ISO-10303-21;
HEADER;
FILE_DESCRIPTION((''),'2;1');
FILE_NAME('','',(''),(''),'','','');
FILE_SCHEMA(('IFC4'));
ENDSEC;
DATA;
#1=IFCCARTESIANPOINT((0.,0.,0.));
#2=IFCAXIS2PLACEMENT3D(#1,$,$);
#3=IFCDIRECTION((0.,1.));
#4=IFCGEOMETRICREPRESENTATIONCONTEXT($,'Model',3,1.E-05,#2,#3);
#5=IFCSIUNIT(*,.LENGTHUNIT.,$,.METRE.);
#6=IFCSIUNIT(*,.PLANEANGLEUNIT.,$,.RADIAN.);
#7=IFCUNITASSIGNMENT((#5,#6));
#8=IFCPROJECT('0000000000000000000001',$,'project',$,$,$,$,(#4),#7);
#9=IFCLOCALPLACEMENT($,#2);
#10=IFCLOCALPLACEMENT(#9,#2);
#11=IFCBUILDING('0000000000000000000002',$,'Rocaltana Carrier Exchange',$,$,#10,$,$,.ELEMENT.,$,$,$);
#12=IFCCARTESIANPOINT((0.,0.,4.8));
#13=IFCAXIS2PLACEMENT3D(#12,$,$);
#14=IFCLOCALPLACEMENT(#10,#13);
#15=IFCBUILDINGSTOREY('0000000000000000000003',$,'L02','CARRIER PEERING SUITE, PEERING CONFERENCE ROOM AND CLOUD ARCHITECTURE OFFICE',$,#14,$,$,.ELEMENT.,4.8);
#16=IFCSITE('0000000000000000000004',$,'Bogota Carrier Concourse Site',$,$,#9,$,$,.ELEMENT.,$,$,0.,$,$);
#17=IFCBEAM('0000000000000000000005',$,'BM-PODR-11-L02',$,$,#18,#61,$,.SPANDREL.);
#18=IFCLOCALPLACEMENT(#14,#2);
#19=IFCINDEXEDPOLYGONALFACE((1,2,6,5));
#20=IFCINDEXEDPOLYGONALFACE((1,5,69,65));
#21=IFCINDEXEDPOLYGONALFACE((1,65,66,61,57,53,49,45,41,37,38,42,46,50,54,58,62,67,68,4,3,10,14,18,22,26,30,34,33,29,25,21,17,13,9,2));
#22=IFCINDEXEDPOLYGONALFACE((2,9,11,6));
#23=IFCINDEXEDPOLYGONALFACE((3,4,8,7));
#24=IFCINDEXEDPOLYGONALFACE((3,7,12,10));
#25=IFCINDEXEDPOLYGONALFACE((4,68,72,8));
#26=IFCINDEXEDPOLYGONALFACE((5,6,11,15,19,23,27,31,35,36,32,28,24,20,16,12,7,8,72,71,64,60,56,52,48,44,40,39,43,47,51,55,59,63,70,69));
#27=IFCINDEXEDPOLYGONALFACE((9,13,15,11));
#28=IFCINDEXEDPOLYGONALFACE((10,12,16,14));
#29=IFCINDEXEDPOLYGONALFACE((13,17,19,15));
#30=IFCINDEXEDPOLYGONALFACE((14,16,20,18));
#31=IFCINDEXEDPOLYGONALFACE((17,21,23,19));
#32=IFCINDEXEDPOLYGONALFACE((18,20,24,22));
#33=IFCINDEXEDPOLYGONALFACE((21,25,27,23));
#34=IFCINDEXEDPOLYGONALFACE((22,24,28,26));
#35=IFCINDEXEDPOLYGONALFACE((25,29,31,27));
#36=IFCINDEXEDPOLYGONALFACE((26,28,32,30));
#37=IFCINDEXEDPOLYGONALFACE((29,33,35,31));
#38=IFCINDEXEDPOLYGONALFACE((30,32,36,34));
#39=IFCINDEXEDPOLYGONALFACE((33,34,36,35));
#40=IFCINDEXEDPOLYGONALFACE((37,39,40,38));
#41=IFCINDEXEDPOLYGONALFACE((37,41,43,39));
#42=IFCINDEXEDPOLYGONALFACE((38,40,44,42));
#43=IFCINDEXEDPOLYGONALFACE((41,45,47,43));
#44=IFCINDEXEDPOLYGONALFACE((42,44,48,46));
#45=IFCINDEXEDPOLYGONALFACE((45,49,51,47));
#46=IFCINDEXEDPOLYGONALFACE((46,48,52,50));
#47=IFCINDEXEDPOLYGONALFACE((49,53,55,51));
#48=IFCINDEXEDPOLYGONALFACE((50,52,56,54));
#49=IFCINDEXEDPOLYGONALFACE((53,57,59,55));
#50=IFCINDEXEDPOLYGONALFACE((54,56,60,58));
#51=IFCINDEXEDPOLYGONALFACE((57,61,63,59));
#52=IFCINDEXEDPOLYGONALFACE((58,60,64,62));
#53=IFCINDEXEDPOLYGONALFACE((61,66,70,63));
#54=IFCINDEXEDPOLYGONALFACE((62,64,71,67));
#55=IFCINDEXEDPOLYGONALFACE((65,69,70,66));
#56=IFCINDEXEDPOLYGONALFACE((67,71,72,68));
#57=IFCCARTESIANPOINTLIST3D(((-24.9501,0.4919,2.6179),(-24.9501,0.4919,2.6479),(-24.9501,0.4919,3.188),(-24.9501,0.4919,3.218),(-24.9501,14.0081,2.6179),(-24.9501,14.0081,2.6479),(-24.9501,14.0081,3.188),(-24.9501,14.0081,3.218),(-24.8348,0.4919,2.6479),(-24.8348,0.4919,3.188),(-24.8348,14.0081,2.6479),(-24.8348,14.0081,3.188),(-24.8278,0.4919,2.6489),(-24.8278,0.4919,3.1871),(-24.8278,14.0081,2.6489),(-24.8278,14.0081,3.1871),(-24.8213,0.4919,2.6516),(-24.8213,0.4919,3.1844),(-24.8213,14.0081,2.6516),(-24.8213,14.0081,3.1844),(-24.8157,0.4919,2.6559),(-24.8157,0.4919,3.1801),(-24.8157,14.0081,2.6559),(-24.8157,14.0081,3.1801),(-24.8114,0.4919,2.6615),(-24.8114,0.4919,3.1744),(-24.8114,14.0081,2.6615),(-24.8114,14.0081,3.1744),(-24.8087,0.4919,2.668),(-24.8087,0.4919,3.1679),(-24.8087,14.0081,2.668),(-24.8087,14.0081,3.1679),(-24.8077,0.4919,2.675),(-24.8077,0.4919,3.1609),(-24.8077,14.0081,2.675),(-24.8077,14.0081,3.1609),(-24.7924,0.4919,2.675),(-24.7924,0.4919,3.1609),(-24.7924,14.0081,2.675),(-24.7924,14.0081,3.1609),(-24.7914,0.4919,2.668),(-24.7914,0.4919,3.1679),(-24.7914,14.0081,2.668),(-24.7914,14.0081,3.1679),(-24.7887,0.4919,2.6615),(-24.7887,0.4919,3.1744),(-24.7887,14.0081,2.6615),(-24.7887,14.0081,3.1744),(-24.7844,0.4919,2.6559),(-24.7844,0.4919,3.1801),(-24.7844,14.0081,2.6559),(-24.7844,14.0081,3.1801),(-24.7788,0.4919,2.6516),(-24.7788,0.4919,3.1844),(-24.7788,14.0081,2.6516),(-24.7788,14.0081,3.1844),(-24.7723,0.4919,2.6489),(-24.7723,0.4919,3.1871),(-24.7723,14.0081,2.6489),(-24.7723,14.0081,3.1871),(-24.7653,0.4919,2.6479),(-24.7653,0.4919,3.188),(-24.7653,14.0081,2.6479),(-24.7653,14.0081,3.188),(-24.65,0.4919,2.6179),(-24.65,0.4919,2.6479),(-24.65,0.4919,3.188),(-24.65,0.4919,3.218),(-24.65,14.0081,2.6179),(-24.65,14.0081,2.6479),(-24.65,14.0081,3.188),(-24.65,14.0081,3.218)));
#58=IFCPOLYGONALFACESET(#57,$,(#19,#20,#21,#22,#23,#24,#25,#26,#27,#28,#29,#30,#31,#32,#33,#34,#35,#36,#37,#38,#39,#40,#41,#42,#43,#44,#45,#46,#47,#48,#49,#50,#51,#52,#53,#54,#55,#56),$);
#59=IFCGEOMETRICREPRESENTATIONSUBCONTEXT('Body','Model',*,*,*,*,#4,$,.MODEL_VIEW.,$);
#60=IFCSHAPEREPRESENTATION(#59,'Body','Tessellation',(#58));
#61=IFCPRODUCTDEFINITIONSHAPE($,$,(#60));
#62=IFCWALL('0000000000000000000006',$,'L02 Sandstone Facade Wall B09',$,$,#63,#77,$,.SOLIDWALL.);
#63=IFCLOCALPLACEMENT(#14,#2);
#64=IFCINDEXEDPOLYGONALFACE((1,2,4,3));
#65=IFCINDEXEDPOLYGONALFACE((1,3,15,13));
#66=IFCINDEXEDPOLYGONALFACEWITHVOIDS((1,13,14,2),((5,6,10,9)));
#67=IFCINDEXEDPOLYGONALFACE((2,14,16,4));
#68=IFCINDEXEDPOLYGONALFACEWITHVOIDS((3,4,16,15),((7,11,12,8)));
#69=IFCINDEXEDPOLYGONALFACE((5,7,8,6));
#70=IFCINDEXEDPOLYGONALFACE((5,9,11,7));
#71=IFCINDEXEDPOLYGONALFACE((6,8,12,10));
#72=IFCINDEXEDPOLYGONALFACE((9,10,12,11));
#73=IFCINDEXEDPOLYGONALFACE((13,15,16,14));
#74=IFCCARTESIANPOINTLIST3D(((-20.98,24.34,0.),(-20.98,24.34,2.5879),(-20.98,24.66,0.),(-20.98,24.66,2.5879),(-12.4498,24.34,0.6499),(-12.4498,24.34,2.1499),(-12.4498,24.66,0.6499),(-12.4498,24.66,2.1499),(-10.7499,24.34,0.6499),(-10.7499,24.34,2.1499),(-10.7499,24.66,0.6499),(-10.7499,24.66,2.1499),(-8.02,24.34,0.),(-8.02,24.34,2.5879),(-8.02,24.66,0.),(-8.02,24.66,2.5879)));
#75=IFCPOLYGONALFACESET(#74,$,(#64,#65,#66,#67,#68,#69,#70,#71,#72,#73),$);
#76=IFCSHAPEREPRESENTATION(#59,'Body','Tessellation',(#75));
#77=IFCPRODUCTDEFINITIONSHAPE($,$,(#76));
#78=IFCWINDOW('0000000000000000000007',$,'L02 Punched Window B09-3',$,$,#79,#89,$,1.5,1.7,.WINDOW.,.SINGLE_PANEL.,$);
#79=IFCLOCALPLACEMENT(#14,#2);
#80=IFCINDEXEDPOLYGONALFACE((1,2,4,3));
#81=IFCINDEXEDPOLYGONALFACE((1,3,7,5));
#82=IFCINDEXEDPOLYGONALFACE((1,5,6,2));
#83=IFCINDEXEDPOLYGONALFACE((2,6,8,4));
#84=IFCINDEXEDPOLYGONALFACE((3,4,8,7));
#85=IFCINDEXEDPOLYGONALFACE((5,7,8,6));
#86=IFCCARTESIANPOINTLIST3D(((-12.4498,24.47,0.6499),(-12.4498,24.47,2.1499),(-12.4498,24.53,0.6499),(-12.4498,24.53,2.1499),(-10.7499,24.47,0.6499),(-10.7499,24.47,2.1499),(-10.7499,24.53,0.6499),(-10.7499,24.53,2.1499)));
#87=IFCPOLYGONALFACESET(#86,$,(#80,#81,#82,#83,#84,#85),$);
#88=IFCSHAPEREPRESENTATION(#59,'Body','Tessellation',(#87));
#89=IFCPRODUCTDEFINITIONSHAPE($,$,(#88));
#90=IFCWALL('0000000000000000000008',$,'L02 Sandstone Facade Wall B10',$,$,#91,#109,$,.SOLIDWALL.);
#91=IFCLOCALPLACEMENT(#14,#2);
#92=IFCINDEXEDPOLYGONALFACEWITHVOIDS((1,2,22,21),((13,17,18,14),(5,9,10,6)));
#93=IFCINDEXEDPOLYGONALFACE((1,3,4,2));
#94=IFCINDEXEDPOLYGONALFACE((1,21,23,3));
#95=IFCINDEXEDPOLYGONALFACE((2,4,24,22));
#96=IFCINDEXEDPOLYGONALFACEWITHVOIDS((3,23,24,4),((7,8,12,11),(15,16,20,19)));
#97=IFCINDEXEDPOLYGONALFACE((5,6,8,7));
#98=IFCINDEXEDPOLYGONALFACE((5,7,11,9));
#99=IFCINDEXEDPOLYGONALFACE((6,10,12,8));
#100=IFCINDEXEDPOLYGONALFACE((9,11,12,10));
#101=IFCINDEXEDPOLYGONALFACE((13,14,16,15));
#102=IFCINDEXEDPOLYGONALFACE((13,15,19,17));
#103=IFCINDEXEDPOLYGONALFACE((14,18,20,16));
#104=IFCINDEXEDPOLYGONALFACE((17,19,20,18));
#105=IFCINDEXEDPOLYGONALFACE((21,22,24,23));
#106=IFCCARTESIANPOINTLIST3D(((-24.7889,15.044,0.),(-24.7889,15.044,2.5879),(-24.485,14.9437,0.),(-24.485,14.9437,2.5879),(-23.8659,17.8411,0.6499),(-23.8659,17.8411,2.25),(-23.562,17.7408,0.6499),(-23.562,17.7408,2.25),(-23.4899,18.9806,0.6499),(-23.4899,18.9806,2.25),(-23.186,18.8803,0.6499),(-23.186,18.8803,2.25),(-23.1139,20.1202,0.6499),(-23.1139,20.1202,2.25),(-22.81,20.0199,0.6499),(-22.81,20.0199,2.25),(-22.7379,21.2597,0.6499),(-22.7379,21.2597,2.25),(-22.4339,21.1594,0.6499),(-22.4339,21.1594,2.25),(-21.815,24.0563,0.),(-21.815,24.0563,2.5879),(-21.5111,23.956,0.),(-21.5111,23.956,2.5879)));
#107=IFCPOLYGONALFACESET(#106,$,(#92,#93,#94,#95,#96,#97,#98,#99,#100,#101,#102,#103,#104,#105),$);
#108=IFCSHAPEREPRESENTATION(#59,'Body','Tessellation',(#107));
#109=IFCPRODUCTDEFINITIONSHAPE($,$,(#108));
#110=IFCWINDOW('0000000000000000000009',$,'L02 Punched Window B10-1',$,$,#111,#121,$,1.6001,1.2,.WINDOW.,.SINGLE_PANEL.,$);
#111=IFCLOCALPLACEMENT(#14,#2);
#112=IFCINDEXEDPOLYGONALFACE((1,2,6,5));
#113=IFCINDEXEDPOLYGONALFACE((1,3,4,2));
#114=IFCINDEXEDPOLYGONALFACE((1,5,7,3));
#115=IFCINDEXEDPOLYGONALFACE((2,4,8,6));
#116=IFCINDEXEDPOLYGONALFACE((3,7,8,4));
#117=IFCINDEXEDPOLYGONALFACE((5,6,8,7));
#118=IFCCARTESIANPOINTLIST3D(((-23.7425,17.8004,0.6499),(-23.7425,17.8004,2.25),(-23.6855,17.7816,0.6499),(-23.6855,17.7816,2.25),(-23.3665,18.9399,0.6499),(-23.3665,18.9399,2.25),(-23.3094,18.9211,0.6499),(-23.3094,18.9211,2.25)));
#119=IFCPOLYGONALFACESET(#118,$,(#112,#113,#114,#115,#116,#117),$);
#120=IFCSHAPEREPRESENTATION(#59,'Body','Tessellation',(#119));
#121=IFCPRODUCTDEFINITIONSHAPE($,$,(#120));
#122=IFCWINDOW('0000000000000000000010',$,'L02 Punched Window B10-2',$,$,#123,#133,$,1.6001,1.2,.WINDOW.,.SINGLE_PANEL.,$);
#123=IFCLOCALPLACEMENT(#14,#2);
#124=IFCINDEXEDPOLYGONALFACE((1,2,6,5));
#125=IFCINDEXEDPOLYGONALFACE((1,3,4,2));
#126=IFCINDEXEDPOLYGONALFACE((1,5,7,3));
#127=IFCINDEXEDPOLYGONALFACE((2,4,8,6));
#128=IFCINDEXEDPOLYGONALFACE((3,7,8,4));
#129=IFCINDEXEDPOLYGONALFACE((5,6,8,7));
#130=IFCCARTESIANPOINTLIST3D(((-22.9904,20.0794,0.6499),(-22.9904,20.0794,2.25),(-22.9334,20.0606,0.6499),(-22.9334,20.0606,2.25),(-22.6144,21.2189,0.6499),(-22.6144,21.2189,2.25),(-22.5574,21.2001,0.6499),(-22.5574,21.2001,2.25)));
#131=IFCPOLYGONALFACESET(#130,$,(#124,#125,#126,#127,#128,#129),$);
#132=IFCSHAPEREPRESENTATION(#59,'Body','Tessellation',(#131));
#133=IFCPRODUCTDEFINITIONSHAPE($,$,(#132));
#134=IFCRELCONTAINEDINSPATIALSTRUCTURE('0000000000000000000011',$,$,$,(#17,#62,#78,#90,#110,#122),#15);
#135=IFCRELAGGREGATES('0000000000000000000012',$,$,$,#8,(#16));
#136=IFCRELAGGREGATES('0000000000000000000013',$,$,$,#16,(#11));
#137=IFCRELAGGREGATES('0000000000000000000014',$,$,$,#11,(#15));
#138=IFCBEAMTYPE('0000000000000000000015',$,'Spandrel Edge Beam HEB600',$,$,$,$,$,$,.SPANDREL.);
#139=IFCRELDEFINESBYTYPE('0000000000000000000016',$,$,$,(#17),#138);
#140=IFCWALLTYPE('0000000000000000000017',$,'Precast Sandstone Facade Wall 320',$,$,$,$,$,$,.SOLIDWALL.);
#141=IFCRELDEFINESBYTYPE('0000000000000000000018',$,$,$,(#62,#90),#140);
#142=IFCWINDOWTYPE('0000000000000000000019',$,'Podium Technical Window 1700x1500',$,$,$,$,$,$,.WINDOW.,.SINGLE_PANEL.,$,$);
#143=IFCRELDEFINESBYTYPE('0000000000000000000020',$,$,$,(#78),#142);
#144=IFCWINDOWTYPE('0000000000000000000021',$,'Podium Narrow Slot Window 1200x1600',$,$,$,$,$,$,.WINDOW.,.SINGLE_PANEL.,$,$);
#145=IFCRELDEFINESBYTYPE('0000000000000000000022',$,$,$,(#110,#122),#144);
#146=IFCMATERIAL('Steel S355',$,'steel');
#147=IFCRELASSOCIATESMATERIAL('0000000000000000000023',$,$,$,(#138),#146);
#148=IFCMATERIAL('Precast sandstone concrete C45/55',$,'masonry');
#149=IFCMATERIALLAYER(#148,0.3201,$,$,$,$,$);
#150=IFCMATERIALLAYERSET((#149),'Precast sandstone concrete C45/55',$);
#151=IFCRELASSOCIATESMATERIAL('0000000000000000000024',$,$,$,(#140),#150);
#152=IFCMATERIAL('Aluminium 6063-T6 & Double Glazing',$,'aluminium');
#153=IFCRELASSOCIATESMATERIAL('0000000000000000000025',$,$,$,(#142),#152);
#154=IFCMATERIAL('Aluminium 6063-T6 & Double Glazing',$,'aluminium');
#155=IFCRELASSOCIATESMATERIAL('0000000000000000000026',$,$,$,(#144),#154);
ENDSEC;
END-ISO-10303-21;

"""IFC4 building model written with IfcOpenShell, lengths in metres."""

from ifc_helpers import new_model, si_unit, direction, frame, frame_2d, origin, origin_2d, place, context, subcontext, project, spatial, rectangle, i_section, extrude, material, layer, layer_set, material_profile, profile_set, type_object, element, fill, save


model = new_model("IFC4")

# Units and contexts
model_context = context("Model", 3, precision=1e-05, world=origin(), true_north=direction((0.0, 1.0)))
body_context = subcontext(model_context, "Body", "Model", "MODEL_VIEW")
ifc_project = project(units=[si_unit("LENGTHUNIT", "METRE"), si_unit("PLANEANGLEUNIT", "RADIAN")], contexts=[model_context])

# Site, building, storey
site_placement = place(None, origin())
site = spatial("IfcSite", under=ifc_project, at=site_placement, Name="Bogota Carrier Concourse Site", CompositionType="ELEMENT", RefElevation=0.0)
building_placement = place(site_placement, origin())
building = spatial("IfcBuilding", under=site, at=building_placement, Name="Rocaltana Carrier Exchange", CompositionType="ELEMENT")
storey_placement = place(building_placement, frame((0.0, 0.0, 4.8)))
storey = spatial("IfcBuildingStorey", under=building, at=storey_placement, Name="L02", Description="CARRIER PEERING SUITE, PEERING CONFERENCE ROOM AND CLOUD ARCHITECTURE OFFICE", CompositionType="ELEMENT", Elevation=4.8)

# Beam
ifc_material_1 = material(Name="Steel S355", Category="steel")
ifc_material_profile_1 = material_profile(ifc_material_1, i_section(OverallWidth=0.3, OverallDepth=0.6001, WebThickness=0.0154, FlangeThickness=0.03, FilletRadius=0.0271, at=origin_2d()), Name="HEB600")
ifc_profile_set_1 = profile_set([ifc_material_profile_1], Name="Steel S355")
beam_type_1 = type_object("IfcBeamType", Name="Spandrel Edge Beam HEB600", PredefinedType="SPANDREL", material=ifc_profile_set_1)
beam_1_placement = place(storey_placement, frame((-24.8, 14.0081, 2.918), z_axis=(0.0, -1.0, 0.0), x_axis=(1.0, 0.0, 0.0)))
element("IfcBeam", 1, at=beam_1_placement, inside=storey, type_object=beam_type_1, Name="BM-PODR-11-L02", PredefinedType="SPANDREL", context=body_context, shape_type="SweptSolid", body=[
    extrude(i_section(OverallWidth=0.3, OverallDepth=0.6001, WebThickness=0.0154, FlangeThickness=0.03, FilletRadius=0.0271, at=origin_2d()), origin(), (0.0, 0.0, 1.0), 13.5161),
])

# Wall, opening, window
ifc_material_2 = material(Name="Precast sandstone concrete C45/55", Category="masonry")
ifc_layer_1 = layer(ifc_material_2, 0.3201)
ifc_layer_set_1 = layer_set([ifc_layer_1], Name="Precast sandstone concrete C45/55")
wall_type = type_object("IfcWallType", Name="Precast Sandstone Facade Wall 320", PredefinedType="SOLIDWALL", material=ifc_layer_set_1)
wall_1_placement = place(storey_placement, frame((-20.98, 24.5, 0.0), z_axis=(0.0, 0.0, 1.0), x_axis=(1.0, 0.0, 0.0)))
wall_1 = element("IfcWall", 2, at=wall_1_placement, inside=storey, type_object=wall_type, Name="L02 Sandstone Facade Wall B09", PredefinedType="SOLIDWALL", context=body_context, shape_type="SweptSolid", body=[
    extrude(rectangle(XDim=12.96, YDim=0.3201, at=frame_2d((6.48, 0.0))), origin(), (0.0, 0.0, 1.0), 2.5879),
])
opening_1_placement = place(wall_1_placement, frame((8.53, 0.0, 0.6499)))
opening_1 = element("IfcOpeningElement", 3, at=opening_1_placement, cuts=wall_1, PredefinedType="OPENING", context=body_context, shape_type="SweptSolid", body=[
    extrude(rectangle(XDim=1.7, YDim=1.5, at=frame_2d((0.8501, 0.75))), frame((0.0, 0.1699, 0.0), z_axis=(0.0, -1.0, 0.0), x_axis=(1.0, 0.0, 0.0)), (0.0, 0.0, 1.0), 0.3401),
])
ifc_material_3 = material(Name="Aluminium 6063-T6 & Double Glazing", Category="aluminium")
window_type_1 = type_object("IfcWindowType", Name="Podium Technical Window 1700x1500", PartitioningType="SINGLE_PANEL", PredefinedType="WINDOW", material=ifc_material_3)
window_1_placement = place(opening_1_placement, origin())
window_1 = element("IfcWindow", 4, at=window_1_placement, inside=storey, type_object=window_type_1, Name="L02 Punched Window B09-3", OverallHeight=1.5, OverallWidth=1.7, PartitioningType="SINGLE_PANEL", PredefinedType="WINDOW", context=body_context, shape_type="SweptSolid", body=[
    extrude(rectangle(XDim=1.7, YDim=1.5, at=frame_2d((0.8501, 0.75))), frame((0.0, 0.03, 0.0), z_axis=(0.0, -1.0, 0.0), x_axis=(1.0, 0.0, 0.0)), (0.0, 0.0, 1.0), 0.0601),
])
fill(opening_1, window_1)

# Wall, openings, windows
wall_2_placement = place(storey_placement, frame((-24.637, 14.9939, 0.0), z_axis=(0.0, 0.0, 1.0), x_axis=(0.313363, 0.949633, 0.0)))
wall_2 = element("IfcWall", 5, at=wall_2_placement, inside=storey, type_object=wall_type, Name="L02 Sandstone Facade Wall B10", PredefinedType="SOLIDWALL", context=body_context, shape_type="SweptSolid", body=[
    extrude(rectangle(XDim=9.4902, YDim=0.3201, at=frame_2d((4.7451, 0.0))), origin(), (0.0, 0.0, 1.0), 2.5879),
])
opening_2_placement = place(wall_2_placement, frame((2.9453, 0.0, 0.6499)))
opening_2 = element("IfcOpeningElement", 6, at=opening_2_placement, cuts=wall_2, PredefinedType="OPENING", context=body_context, shape_type="SweptSolid", body=[
    extrude(rectangle(XDim=1.2, YDim=1.6001, at=frame_2d((0.6001, 0.8))), frame((0.0, 0.1699, 0.0), z_axis=(0.0, -1.0, 0.0), x_axis=(1.0, 0.0, 0.0)), (0.0, 0.0, 1.0), 0.3401),
])
opening_3_placement = place(wall_2_placement, frame((5.3452, 0.0, 0.6499)))
opening_3 = element("IfcOpeningElement", 7, at=opening_3_placement, cuts=wall_2, PredefinedType="OPENING", context=body_context, shape_type="SweptSolid", body=[
    extrude(rectangle(XDim=1.2, YDim=1.6001, at=frame_2d((0.6001, 0.8))), frame((0.0, 0.1699, 0.0), z_axis=(0.0, -1.0, 0.0), x_axis=(1.0, 0.0, 0.0)), (0.0, 0.0, 1.0), 0.3401),
])
ifc_material_4 = material(Name="Aluminium 6063-T6 & Double Glazing", Category="aluminium")
window_type_2 = type_object("IfcWindowType", Name="Podium Narrow Slot Window 1200x1600", PartitioningType="SINGLE_PANEL", PredefinedType="WINDOW", material=ifc_material_4)
window_2_placement = place(opening_2_placement, origin())
window_2 = element("IfcWindow", 8, at=window_2_placement, inside=storey, type_object=window_type_2, Name="L02 Punched Window B10-1", OverallHeight=1.6001, OverallWidth=1.2, PartitioningType="SINGLE_PANEL", PredefinedType="WINDOW", context=body_context, shape_type="SweptSolid", body=[
    extrude(rectangle(XDim=1.2, YDim=1.6001, at=frame_2d((0.6001, 0.8))), frame((0.0, 0.03, 0.0), z_axis=(0.0, -1.0, 0.0), x_axis=(1.0, 0.0, 0.0)), (0.0, 0.0, 1.0), 0.0601),
])
fill(opening_2, window_2)
window_3_placement = place(opening_3_placement, origin())
window_3 = element("IfcWindow", 9, at=window_3_placement, inside=storey, type_object=window_type_2, Name="L02 Punched Window B10-2", OverallHeight=1.6001, OverallWidth=1.2, PartitioningType="SINGLE_PANEL", PredefinedType="WINDOW", context=body_context, shape_type="SweptSolid", body=[
    extrude(rectangle(XDim=1.2, YDim=1.6001, at=frame_2d((0.6001, 0.8))), frame((0.0, 0.03, 0.0), z_axis=(0.0, -1.0, 0.0), x_axis=(1.0, 0.0, 0.0)), (0.0, 0.0, 1.0), 0.0601),
])
fill(opening_3, window_3)

save(model, "model.ifc")
